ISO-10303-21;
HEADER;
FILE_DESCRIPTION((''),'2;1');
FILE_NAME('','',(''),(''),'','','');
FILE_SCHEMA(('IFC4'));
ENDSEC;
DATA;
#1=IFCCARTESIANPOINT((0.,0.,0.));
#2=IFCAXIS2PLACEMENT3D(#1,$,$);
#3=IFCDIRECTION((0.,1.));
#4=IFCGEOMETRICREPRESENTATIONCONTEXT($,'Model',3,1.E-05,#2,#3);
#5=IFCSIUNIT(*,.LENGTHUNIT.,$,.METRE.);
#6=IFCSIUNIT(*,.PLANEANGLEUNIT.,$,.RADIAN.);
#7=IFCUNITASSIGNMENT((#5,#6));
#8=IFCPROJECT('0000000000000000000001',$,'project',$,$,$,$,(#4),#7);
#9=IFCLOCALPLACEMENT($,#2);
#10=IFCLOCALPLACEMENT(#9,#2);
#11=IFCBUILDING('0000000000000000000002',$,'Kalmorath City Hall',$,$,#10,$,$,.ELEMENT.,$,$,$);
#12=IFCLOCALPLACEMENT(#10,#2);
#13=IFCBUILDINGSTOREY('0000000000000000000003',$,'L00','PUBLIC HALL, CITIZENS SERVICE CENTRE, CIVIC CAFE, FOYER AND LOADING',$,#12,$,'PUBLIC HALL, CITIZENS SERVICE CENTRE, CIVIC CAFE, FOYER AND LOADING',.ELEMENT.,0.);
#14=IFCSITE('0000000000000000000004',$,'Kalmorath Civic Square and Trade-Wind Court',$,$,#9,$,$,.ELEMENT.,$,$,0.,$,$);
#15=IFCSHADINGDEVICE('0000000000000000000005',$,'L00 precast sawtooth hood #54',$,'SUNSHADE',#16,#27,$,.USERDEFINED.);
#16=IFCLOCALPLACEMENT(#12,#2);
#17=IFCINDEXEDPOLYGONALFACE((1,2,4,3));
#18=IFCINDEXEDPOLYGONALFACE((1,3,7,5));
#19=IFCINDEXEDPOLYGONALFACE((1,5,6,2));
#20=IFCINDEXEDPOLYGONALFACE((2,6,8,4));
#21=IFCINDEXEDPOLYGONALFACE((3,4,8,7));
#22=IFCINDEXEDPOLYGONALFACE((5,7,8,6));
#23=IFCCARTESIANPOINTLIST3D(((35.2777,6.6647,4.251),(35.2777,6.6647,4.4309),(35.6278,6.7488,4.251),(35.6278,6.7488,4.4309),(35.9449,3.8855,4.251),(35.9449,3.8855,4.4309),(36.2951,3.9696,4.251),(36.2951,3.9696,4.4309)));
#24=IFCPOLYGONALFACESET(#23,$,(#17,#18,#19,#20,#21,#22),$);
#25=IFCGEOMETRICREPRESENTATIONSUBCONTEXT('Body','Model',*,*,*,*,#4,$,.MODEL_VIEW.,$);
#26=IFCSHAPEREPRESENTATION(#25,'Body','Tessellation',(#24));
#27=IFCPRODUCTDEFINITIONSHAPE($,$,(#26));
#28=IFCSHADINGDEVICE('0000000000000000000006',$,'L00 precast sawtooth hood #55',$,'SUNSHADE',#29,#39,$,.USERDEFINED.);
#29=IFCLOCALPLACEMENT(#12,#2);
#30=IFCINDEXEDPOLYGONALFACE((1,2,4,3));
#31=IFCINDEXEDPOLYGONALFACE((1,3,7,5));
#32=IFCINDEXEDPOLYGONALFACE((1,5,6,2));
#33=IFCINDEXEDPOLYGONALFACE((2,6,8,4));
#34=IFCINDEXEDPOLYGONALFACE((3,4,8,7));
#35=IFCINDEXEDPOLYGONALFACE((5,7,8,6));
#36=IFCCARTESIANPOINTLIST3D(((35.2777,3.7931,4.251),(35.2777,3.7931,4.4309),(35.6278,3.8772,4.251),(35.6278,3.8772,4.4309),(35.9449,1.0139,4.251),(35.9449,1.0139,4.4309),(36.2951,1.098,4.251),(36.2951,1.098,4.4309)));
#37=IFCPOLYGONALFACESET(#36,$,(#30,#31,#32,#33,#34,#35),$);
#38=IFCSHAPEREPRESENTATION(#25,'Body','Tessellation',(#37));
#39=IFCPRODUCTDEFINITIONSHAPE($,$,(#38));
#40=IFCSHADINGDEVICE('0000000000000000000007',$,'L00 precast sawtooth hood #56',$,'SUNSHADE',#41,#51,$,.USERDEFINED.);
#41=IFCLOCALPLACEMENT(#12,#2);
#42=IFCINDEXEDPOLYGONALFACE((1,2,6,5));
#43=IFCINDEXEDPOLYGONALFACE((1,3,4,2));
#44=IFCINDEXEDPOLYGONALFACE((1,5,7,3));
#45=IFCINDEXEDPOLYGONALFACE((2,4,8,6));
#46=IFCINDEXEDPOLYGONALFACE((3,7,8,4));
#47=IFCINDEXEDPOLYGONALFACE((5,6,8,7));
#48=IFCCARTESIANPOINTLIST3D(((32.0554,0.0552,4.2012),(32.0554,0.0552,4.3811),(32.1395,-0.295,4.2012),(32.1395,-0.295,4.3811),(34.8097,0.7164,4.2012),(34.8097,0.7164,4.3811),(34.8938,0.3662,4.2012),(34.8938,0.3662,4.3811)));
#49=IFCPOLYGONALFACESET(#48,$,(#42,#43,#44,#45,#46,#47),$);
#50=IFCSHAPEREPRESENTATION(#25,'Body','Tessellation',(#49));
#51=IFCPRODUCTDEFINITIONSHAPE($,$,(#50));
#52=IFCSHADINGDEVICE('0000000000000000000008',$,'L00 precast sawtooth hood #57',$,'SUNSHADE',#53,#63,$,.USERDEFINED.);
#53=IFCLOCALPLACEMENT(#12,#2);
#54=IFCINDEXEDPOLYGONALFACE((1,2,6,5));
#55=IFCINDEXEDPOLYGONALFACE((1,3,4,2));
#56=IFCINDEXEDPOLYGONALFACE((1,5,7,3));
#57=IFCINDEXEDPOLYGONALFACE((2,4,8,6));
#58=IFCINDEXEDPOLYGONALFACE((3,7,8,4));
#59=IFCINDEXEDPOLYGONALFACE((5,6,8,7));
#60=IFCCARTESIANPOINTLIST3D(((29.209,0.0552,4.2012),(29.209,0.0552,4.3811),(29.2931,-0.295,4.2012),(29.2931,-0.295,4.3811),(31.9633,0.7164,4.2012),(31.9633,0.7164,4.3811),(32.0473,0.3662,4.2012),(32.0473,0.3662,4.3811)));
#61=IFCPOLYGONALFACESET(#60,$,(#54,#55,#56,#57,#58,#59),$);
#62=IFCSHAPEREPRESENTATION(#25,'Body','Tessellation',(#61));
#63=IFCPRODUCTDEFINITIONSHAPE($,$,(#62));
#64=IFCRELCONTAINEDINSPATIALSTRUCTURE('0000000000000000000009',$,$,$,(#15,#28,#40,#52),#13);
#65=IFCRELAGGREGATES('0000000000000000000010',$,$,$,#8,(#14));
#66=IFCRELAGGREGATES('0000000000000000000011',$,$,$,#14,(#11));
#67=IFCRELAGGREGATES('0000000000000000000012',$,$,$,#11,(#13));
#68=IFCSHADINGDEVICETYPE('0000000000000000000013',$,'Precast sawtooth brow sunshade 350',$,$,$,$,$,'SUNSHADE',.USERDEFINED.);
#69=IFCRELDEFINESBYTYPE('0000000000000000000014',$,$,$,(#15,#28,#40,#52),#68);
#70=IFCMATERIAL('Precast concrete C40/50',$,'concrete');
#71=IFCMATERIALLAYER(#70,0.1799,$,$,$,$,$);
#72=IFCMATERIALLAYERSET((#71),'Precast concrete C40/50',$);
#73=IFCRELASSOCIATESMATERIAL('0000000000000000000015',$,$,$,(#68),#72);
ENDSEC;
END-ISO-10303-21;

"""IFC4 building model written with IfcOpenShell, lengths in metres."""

from ifc_helpers import new_model, si_unit, direction, frame, origin, origin_2d, place, context, subcontext, project, spatial, rectangle, extrude, material, layer, layer_set, type_object, element, save


model = new_model("IFC4")

# Units and contexts
model_context = context("Model", 3, precision=1e-05, world=origin(), true_north=direction((0.0, 1.0)))
body_context = subcontext(model_context, "Body", "Model", "MODEL_VIEW")
ifc_project = project(units=[si_unit("LENGTHUNIT", "METRE"), si_unit("PLANEANGLEUNIT", "RADIAN")], contexts=[model_context])

# Site, building, storey
site_placement = place(None, origin())
site = spatial("IfcSite", under=ifc_project, at=site_placement, Name="Kalmorath Civic Square and Trade-Wind Court", CompositionType="ELEMENT", RefElevation=0.0)
building_placement = place(site_placement, origin())
building = spatial("IfcBuilding", under=site, at=building_placement, Name="Kalmorath City Hall", CompositionType="ELEMENT")
storey_placement = place(building_placement, origin())
storey = spatial("IfcBuildingStorey", under=building, at=storey_placement, Name="L00", Description="PUBLIC HALL, CITIZENS SERVICE CENTRE, CIVIC CAFE, FOYER AND LOADING", LongName="PUBLIC HALL, CITIZENS SERVICE CENTRE, CIVIC CAFE, FOYER AND LOADING", CompositionType="ELEMENT", Elevation=0.0)

# Shading devices
ifc_material_1 = material(Name="Precast concrete C40/50", Category="concrete")
ifc_layer_1 = layer(ifc_material_1, 0.1799)
ifc_layer_set_1 = layer_set([ifc_layer_1], Name="Precast concrete C40/50")
shading_device_type = type_object("IfcShadingDeviceType", Name="Precast sawtooth brow sunshade 350", ElementType="SUNSHADE", PredefinedType="USERDEFINED", material=ifc_layer_set_1)
for number, where, z_axis, x_axis, name in (
    (1, (35.7864, 5.3171, 4.251), (0.0, 0.0, 1.0), (0.233445, -0.97237, 0.0), "L00 precast sawtooth hood #54"),
    (2, (35.7864, 2.4456, 4.251), (0.0, 0.0, 1.0), (0.233445, -0.97237, 0.0), "L00 precast sawtooth hood #55"),
):
    element("IfcShadingDevice", number, at=place(storey_placement, frame(where, z_axis=z_axis, x_axis=x_axis)), inside=storey, type_object=shading_device_type, Name=name, ObjectType="SUNSHADE", PredefinedType="USERDEFINED", context=body_context, shape_type="SweptSolid", body=[
        extrude(rectangle(XDim=2.8582, YDim=0.3601, at=origin_2d()), origin(), (0.0, 0.0, 1.0), 0.1799),
    ])
for number, where, z_axis, x_axis, name in (
    (3, (33.4746, 0.2107, 4.2012), (0.0, 0.0, 1.0), (-0.97237, -0.233445, 0.0), "L00 precast sawtooth hood #56"),
    (4, (30.6282, 0.2107, 4.2012), (0.0, 0.0, 1.0), (-0.97237, -0.233445, 0.0), "L00 precast sawtooth hood #57"),
):
    element("IfcShadingDevice", number, at=place(storey_placement, frame(where, z_axis=z_axis, x_axis=x_axis)), inside=storey, type_object=shading_device_type, Name=name, ObjectType="SUNSHADE", PredefinedType="USERDEFINED", context=body_context, shape_type="SweptSolid", body=[
        extrude(rectangle(XDim=2.8325, YDim=0.3601, at=origin_2d()), origin(), (0.0, 0.0, 1.0), 0.1799),
    ])

save(model, "model.ifc")
